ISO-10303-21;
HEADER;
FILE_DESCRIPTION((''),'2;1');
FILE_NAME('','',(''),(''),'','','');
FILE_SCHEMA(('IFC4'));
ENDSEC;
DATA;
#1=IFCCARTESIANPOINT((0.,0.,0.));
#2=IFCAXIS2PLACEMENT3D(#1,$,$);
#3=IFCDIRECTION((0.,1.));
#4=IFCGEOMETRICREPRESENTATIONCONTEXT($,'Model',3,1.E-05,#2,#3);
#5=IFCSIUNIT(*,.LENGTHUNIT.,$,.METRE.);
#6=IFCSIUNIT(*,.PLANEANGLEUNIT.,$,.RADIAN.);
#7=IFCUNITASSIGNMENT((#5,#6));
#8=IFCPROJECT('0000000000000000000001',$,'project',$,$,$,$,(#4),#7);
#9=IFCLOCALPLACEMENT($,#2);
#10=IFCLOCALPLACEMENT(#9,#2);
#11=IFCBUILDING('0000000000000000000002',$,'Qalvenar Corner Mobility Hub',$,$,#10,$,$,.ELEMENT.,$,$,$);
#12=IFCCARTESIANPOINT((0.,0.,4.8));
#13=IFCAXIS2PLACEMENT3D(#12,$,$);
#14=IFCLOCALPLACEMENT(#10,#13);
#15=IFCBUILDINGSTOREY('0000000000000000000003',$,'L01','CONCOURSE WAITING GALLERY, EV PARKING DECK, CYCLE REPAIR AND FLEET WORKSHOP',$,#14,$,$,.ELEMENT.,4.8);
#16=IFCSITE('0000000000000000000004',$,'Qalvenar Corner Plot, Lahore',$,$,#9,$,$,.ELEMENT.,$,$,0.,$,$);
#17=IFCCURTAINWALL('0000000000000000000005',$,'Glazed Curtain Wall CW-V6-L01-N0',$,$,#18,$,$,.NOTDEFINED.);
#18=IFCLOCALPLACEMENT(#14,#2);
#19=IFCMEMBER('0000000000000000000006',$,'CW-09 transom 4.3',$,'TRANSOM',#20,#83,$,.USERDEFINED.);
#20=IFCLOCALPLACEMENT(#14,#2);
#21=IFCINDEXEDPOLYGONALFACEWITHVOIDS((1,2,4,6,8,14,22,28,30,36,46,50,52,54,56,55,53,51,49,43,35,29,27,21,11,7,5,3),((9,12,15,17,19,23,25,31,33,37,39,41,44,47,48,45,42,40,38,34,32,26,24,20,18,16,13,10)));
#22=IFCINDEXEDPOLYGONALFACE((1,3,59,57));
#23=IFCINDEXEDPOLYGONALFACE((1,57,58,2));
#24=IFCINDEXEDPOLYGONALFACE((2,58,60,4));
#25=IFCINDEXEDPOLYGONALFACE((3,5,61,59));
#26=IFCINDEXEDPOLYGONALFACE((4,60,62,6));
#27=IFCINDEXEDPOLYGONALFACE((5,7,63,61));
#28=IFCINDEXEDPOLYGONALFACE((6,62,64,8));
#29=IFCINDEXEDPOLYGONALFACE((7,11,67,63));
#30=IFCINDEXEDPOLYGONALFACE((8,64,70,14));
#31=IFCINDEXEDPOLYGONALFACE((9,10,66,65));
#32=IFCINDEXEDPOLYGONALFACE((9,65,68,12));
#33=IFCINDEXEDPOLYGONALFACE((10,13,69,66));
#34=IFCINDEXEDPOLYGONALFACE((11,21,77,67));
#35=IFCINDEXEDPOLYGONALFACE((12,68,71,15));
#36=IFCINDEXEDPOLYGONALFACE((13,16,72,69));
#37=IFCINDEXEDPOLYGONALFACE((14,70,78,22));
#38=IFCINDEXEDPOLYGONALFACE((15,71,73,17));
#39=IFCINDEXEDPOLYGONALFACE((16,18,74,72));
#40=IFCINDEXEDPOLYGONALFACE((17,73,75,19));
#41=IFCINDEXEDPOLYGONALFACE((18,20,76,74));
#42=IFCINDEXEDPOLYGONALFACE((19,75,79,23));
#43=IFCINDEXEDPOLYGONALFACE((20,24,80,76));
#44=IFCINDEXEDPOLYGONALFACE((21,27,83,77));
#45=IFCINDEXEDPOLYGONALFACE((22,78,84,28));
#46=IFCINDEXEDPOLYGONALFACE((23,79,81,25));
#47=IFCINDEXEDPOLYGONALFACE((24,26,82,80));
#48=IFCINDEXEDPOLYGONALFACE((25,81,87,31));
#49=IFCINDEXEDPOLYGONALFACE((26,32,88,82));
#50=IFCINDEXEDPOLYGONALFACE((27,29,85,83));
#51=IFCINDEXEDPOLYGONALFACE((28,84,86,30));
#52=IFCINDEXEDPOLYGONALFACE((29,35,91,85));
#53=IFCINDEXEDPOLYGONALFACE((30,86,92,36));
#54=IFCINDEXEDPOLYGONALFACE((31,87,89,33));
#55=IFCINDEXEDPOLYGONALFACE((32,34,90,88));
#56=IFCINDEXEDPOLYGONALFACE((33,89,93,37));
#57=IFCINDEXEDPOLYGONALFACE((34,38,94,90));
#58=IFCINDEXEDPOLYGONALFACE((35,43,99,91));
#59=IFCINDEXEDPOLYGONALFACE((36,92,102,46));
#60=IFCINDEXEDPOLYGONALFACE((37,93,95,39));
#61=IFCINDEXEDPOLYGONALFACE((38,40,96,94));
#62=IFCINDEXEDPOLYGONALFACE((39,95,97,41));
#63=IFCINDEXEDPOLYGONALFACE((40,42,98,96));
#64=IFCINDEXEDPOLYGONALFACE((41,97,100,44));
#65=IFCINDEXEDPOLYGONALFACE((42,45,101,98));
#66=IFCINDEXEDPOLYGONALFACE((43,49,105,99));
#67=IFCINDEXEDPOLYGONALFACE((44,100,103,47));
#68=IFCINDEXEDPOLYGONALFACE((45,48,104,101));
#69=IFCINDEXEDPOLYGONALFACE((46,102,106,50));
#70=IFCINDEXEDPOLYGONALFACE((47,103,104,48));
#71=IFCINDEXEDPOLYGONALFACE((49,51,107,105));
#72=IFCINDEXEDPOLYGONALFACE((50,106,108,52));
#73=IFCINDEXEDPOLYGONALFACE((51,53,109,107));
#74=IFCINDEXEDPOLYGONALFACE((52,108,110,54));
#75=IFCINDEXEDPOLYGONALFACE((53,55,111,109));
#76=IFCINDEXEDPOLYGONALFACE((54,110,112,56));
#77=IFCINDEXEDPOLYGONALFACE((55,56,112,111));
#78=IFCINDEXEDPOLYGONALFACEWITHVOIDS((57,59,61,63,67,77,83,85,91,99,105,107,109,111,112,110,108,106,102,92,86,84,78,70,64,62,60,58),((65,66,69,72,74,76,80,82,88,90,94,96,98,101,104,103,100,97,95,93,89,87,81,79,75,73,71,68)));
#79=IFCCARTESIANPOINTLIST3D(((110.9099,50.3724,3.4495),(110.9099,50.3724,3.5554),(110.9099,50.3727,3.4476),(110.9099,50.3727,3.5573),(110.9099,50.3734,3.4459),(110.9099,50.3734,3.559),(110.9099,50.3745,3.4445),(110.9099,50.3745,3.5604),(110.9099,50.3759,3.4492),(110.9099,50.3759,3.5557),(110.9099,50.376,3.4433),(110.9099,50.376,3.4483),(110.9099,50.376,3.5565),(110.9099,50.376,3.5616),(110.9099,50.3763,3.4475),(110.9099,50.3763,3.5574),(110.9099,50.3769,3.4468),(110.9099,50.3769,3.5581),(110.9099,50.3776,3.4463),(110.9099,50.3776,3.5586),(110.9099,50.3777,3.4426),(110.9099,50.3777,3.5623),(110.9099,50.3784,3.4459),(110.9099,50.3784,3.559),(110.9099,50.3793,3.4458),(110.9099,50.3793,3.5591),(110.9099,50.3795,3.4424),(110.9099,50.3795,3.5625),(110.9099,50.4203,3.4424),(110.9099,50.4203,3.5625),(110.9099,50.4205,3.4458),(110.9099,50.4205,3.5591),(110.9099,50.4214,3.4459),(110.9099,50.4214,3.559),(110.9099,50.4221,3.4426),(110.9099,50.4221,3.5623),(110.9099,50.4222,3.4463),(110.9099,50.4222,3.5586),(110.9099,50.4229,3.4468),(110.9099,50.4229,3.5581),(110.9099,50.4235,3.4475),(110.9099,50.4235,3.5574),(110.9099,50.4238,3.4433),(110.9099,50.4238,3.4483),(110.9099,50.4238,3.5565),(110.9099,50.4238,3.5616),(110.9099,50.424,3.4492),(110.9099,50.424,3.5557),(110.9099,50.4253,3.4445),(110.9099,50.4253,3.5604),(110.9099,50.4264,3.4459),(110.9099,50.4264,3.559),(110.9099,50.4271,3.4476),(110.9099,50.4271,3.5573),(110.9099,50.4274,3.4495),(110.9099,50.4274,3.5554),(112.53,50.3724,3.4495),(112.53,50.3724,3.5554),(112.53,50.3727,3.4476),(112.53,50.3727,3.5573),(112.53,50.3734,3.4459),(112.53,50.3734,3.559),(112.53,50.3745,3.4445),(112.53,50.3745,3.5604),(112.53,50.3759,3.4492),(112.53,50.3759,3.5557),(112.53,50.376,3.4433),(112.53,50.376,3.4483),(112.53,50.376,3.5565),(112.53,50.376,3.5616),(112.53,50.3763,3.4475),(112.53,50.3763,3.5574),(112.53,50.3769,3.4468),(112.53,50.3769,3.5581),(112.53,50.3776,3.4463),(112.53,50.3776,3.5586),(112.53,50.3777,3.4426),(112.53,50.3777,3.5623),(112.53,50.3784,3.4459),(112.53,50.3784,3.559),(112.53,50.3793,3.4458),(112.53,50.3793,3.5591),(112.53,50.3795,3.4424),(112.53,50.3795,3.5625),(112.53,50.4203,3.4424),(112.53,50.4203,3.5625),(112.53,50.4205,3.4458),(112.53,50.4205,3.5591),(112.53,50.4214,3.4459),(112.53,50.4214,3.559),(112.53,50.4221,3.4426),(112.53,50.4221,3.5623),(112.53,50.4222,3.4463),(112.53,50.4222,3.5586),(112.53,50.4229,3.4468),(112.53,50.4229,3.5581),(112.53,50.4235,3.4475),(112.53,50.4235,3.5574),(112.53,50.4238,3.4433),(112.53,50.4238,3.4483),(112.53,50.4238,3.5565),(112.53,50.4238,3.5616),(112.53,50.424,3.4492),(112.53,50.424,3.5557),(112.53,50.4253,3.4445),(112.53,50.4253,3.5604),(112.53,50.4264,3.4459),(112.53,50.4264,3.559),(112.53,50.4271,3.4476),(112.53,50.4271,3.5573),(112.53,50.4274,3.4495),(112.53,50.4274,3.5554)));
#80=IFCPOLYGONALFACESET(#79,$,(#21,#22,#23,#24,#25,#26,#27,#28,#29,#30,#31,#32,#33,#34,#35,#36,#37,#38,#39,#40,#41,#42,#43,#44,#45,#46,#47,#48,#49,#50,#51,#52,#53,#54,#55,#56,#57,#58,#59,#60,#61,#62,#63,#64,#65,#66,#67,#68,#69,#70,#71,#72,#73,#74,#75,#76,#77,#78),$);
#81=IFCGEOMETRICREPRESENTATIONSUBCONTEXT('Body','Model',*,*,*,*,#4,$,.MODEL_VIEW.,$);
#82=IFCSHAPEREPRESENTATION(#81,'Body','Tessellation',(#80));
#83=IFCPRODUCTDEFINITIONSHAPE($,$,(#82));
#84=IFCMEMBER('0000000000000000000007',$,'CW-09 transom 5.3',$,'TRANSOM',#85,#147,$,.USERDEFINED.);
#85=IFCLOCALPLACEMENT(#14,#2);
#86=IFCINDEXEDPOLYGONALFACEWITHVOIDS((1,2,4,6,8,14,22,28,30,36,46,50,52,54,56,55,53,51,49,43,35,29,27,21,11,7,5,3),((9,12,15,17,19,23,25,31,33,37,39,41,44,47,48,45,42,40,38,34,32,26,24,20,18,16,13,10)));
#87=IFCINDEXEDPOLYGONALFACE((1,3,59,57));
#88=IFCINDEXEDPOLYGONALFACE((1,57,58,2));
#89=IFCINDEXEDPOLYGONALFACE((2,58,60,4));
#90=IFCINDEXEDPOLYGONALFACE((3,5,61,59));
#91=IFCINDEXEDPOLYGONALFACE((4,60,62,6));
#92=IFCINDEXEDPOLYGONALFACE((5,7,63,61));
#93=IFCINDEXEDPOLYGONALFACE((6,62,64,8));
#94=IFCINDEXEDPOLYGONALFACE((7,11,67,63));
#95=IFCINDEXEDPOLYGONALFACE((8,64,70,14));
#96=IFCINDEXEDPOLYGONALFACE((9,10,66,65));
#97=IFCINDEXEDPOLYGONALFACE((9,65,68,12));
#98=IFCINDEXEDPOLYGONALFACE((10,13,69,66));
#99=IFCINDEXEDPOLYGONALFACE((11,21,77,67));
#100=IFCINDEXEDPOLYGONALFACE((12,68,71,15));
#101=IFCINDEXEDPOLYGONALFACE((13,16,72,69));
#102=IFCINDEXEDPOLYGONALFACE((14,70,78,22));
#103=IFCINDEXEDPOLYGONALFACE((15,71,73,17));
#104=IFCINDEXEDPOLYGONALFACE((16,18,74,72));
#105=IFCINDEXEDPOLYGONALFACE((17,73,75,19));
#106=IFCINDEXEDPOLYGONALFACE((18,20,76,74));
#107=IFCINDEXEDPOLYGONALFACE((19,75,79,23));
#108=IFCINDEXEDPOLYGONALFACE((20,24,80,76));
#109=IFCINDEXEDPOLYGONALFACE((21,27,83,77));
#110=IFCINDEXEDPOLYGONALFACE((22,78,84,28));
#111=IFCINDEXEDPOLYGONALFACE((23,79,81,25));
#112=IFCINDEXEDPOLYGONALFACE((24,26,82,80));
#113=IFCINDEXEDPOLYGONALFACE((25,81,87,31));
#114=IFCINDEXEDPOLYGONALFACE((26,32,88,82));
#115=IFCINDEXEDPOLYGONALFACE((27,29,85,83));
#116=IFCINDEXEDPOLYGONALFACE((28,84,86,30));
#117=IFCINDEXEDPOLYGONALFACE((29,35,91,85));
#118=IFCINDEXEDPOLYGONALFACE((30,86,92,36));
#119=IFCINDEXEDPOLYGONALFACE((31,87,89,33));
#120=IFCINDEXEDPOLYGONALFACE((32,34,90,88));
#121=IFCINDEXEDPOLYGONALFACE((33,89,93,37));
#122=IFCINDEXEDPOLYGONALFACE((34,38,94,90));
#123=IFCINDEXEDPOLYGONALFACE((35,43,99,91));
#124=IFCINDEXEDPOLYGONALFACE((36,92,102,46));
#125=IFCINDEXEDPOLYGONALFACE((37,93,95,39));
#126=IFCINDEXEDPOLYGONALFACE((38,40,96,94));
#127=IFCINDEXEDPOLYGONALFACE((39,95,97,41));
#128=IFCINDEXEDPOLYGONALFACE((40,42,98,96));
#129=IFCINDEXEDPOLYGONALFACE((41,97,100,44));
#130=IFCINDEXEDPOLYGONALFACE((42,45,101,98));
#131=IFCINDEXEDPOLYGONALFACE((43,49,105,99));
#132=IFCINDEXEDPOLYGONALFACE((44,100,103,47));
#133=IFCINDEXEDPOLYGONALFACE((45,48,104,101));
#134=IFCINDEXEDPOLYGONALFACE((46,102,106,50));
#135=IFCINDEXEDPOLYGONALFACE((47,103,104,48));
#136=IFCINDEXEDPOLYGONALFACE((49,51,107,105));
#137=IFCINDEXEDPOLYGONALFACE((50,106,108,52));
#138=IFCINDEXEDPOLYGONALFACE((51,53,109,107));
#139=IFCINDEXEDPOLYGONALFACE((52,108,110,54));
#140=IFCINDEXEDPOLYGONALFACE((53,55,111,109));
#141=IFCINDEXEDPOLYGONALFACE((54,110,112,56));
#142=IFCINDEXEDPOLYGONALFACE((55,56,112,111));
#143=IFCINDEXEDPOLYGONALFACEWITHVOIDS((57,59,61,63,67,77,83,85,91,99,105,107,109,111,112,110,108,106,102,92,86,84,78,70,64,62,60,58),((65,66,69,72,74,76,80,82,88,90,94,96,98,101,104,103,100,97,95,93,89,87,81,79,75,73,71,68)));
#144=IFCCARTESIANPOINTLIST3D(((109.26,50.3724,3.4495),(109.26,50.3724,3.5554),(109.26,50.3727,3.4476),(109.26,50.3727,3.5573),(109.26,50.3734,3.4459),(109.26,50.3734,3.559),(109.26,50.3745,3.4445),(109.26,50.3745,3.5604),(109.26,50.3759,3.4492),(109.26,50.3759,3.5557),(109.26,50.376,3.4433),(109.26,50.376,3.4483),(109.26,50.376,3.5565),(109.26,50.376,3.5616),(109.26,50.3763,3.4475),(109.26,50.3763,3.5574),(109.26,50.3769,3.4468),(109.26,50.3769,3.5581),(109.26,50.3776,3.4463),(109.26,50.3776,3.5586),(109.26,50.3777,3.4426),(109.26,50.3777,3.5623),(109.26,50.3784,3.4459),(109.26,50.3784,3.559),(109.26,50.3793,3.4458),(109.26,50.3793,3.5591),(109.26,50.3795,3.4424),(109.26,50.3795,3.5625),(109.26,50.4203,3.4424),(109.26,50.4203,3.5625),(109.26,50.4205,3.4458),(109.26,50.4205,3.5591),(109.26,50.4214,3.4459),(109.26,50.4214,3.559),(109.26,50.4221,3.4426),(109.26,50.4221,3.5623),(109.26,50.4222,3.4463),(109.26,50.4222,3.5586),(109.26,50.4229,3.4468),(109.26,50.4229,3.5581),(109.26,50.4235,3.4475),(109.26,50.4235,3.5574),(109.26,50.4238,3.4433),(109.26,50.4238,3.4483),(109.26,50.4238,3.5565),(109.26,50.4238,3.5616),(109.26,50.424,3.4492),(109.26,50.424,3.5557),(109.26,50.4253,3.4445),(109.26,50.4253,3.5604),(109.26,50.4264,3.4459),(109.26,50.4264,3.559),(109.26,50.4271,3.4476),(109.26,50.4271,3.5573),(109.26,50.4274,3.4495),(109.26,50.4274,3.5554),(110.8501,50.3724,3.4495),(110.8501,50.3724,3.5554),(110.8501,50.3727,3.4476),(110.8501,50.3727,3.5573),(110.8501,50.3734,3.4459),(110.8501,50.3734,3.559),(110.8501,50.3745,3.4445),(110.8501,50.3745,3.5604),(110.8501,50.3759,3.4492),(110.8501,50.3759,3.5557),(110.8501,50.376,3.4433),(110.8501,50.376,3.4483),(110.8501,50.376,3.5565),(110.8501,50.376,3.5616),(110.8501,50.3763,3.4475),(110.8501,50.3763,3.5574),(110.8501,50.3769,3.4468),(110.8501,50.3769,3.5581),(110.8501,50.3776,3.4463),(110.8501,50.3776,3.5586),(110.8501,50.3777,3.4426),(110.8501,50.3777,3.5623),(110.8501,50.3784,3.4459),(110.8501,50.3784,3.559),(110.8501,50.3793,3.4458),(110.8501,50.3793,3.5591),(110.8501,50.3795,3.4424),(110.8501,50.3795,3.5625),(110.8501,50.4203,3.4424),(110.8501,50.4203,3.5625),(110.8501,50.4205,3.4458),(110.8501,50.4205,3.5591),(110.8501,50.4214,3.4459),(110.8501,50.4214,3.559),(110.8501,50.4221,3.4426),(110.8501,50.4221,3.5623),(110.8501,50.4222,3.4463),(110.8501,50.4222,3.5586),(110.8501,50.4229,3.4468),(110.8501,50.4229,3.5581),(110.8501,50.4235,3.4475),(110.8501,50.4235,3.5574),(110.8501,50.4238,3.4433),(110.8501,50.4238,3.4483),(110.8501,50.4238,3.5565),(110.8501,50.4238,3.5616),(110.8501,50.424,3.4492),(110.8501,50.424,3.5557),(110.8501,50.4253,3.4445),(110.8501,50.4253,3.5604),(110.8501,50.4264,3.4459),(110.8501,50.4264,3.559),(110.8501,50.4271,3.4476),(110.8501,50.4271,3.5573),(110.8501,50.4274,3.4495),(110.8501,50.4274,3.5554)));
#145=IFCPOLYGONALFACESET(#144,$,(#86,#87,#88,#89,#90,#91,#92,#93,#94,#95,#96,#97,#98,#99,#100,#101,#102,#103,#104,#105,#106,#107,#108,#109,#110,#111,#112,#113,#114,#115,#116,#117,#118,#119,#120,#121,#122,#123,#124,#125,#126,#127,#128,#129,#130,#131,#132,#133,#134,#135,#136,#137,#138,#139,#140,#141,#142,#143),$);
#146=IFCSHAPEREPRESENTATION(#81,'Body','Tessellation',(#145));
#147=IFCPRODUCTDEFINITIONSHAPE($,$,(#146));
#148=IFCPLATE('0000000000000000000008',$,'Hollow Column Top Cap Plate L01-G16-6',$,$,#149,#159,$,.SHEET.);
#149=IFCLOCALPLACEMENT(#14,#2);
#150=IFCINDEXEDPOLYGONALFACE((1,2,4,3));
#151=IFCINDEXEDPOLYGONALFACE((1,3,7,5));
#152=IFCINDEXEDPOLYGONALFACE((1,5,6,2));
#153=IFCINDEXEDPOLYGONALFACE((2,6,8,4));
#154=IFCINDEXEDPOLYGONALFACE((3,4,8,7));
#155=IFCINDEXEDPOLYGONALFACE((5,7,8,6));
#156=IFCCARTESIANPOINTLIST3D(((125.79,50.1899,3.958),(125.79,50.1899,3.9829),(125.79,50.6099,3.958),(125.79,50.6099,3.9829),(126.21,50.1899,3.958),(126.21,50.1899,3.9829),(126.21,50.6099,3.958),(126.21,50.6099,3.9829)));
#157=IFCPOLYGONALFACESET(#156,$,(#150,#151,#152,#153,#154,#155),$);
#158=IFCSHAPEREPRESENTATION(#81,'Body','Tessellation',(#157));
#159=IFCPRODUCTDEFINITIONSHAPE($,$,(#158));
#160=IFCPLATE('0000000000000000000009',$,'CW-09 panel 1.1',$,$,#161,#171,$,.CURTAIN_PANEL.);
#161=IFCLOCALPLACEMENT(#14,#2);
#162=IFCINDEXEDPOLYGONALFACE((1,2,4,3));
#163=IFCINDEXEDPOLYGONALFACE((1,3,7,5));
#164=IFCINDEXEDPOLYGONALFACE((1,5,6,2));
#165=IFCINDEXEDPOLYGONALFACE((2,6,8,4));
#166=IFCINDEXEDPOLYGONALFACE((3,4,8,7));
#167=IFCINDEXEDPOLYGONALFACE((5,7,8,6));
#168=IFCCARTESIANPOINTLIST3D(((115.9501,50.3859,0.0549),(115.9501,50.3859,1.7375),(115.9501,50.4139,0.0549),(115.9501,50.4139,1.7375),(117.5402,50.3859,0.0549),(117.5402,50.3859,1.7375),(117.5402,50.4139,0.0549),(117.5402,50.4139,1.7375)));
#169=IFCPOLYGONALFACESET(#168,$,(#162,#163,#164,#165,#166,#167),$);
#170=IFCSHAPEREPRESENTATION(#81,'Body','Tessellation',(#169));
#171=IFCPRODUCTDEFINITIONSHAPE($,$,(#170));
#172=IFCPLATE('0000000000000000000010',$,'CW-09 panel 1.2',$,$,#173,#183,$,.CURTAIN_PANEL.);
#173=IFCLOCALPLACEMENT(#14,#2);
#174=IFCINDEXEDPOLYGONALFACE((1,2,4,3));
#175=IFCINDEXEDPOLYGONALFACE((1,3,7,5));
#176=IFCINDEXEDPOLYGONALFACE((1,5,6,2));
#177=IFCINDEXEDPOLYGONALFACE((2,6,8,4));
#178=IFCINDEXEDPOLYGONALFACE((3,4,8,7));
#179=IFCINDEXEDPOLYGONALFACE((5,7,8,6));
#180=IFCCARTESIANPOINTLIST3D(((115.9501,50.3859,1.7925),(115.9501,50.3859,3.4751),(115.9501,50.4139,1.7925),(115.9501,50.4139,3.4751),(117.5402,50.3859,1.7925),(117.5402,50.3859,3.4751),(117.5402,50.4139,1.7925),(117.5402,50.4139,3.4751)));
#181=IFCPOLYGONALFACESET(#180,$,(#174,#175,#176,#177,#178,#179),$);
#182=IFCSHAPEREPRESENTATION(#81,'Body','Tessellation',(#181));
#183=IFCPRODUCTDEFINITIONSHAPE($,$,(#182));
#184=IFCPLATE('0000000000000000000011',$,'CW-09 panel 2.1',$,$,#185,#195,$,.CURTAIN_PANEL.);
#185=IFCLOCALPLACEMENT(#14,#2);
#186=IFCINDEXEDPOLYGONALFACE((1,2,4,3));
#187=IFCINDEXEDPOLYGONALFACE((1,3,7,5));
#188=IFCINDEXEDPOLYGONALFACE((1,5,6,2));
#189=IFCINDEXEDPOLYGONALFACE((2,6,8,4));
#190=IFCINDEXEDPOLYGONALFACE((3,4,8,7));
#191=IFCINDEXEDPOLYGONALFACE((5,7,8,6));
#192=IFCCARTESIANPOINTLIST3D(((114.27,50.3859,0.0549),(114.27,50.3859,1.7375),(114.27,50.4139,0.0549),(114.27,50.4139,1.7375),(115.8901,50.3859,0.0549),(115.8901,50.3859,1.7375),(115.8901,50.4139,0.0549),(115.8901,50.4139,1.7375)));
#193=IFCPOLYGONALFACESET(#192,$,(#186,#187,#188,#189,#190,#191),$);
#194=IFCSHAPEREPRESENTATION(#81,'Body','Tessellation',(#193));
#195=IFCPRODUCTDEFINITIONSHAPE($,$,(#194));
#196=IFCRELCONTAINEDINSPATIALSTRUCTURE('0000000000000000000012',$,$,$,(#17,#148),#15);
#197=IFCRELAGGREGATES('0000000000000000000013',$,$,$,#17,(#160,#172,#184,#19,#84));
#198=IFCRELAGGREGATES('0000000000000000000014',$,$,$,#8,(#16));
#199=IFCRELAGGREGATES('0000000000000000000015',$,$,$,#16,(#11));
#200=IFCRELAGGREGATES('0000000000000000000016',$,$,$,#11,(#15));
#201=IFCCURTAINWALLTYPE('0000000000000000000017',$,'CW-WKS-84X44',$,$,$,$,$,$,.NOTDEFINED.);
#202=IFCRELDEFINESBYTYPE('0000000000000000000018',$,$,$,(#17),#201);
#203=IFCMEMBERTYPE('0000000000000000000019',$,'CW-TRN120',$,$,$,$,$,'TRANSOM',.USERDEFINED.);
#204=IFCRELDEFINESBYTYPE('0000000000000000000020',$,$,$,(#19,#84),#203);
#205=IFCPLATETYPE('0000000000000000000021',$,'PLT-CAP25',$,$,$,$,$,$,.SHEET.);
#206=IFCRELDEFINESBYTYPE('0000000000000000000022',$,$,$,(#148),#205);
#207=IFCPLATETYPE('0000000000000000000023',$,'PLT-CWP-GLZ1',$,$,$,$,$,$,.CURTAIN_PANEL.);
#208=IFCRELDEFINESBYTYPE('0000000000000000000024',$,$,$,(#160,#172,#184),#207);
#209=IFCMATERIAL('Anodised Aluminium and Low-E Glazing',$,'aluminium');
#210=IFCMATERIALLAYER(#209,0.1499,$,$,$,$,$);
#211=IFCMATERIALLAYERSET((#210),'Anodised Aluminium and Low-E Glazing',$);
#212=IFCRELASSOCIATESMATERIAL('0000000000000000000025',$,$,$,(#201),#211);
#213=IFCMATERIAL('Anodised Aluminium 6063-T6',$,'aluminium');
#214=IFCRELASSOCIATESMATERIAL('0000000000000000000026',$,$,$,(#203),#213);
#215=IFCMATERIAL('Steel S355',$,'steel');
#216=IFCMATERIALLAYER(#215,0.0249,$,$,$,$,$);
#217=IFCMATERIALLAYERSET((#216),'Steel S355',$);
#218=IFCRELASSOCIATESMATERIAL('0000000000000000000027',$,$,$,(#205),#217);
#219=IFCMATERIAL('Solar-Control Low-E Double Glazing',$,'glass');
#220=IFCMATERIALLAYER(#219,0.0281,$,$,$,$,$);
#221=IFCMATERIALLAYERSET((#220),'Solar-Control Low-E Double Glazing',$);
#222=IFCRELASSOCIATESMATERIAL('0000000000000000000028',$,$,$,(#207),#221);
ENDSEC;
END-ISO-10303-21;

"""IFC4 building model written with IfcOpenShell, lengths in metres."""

from ifc_helpers import new_model, si_unit, direction, frame, origin, origin_2d, place, context, subcontext, project, spatial, rectangle, hollow_rectangle, extrude, material, layer, layer_set, material_profile, profile_set, type_object, element, aggregate, save


model = new_model("IFC4")

# Units and contexts
model_context = context("Model", 3, precision=1e-05, world=origin(), true_north=direction((0.0, 1.0)))
body_context = subcontext(model_context, "Body", "Model", "MODEL_VIEW")
ifc_project = project(units=[si_unit("LENGTHUNIT", "METRE"), si_unit("PLANEANGLEUNIT", "RADIAN")], contexts=[model_context])

# Site, building, storey
site_placement = place(None, origin())
site = spatial("IfcSite", under=ifc_project, at=site_placement, Name="Qalvenar Corner Plot, Lahore", CompositionType="ELEMENT", RefElevation=0.0)
building_placement = place(site_placement, origin())
building = spatial("IfcBuilding", under=site, at=building_placement, Name="Qalvenar Corner Mobility Hub", CompositionType="ELEMENT")
storey_placement = place(building_placement, frame((0.0, 0.0, 4.8)))
storey = spatial("IfcBuildingStorey", under=building, at=storey_placement, Name="L01", Description="CONCOURSE WAITING GALLERY, EV PARKING DECK, CYCLE REPAIR AND FLEET WORKSHOP", CompositionType="ELEMENT", Elevation=4.8)

# Curtain wall, members
ifc_material_1 = material(Name="Anodised Aluminium and Low-E Glazing", Category="aluminium")
ifc_layer_1 = layer(ifc_material_1, 0.1499)
ifc_layer_set_1 = layer_set([ifc_layer_1], Name="Anodised Aluminium and Low-E Glazing")
curtain_wall_type = type_object("IfcCurtainWallType", Name="CW-WKS-84X44", PredefinedType="NOTDEFINED", material=ifc_layer_set_1)
curtain_wall_placement = place(storey_placement, origin())
curtain_wall = element("IfcCurtainWall", 1, at=curtain_wall_placement, inside=storey, type_object=curtain_wall_type, Name="Glazed Curtain Wall CW-V6-L01-N0", PredefinedType="NOTDEFINED")
ifc_material_2 = material(Name="Anodised Aluminium 6063-T6", Category="aluminium")
ifc_material_profile_1 = material_profile(ifc_material_2, hollow_rectangle(XDim=0.0549, YDim=0.1201, WallThickness=0.0034, InnerFilletRadius=0.0034, OuterFilletRadius=0.0071, at=origin_2d()), Name="RHS120x55x3.5")
ifc_profile_set_1 = profile_set([ifc_material_profile_1], Name="Anodised Aluminium 6063-T6")
member_type_1 = type_object("IfcMemberType", Name="CW-TRN120", ElementType="TRANSOM", PredefinedType="USERDEFINED", material=ifc_profile_set_1)
member_1_placement = place(storey_placement, frame((112.53, 50.3999, 3.5024), z_axis=(-1.0, 0.0, 0.0), x_axis=(0.0, -1.0, 0.0)))
member_1 = element("IfcMember", 2, at=member_1_placement, type_object=member_type_1, Name="CW-09 transom 4.3", ObjectType="TRANSOM", PredefinedType="USERDEFINED", context=body_context, shape_type="SweptSolid", body=[
    extrude(hollow_rectangle(XDim=0.0549, YDim=0.1201, WallThickness=0.0034, InnerFilletRadius=0.0034, OuterFilletRadius=0.0071, at=origin_2d()), origin(), (0.0, 0.0, 1.0), 1.6201),
])
member_2_placement = place(storey_placement, frame((110.8501, 50.3999, 3.5024), z_axis=(-1.0, 0.0, 0.0), x_axis=(0.0, -1.0, 0.0)))
member_2 = element("IfcMember", 3, at=member_2_placement, type_object=member_type_1, Name="CW-09 transom 5.3", ObjectType="TRANSOM", PredefinedType="USERDEFINED", context=body_context, shape_type="SweptSolid", body=[
    extrude(hollow_rectangle(XDim=0.0549, YDim=0.1201, WallThickness=0.0034, InnerFilletRadius=0.0034, OuterFilletRadius=0.0071, at=origin_2d()), origin(), (0.0, 0.0, 1.0), 1.5901),
])

# Plates
ifc_material_3 = material(Name="Steel S355", Category="steel")
ifc_layer_2 = layer(ifc_material_3, 0.0249)
ifc_layer_set_2 = layer_set([ifc_layer_2], Name="Steel S355")
plate_type_1 = type_object("IfcPlateType", Name="PLT-CAP25", PredefinedType="SHEET", material=ifc_layer_set_2)
plate_1_placement = place(storey_placement, frame((126.0, 50.3999, 3.958), z_axis=(0.0, 0.0, 1.0), x_axis=(1.0, 0.0, 0.0)))
element("IfcPlate", 4, at=plate_1_placement, inside=storey, type_object=plate_type_1, Name="Hollow Column Top Cap Plate L01-G16-6", PredefinedType="SHEET", context=body_context, shape_type="SweptSolid", body=[
    extrude(rectangle(XDim=0.4199, YDim=0.4199, at=origin_2d()), origin(), (0.0, 0.0, 1.0), 0.0249),
])
ifc_material_4 = material(Name="Solar-Control Low-E Double Glazing", Category="glass")
ifc_layer_3 = layer(ifc_material_4, 0.0281)
ifc_layer_set_3 = layer_set([ifc_layer_3], Name="Solar-Control Low-E Double Glazing")
plate_type_2 = type_object("IfcPlateType", Name="PLT-CWP-GLZ1", PredefinedType="CURTAIN_PANEL", material=ifc_layer_set_3)
plate_2_placement = place(storey_placement, frame((116.7451, 50.3999, 0.0549), z_axis=(0.0, 0.0, 1.0), x_axis=(-1.0, 0.0, 0.0)))
plate_2 = element("IfcPlate", 5, at=plate_2_placement, type_object=plate_type_2, Name="CW-09 panel 1.1", PredefinedType="CURTAIN_PANEL", context=body_context, shape_type="SweptSolid", body=[
    extrude(rectangle(XDim=1.5901, YDim=0.0281, at=origin_2d()), origin(), (0.0, 0.0, 1.0), 1.6826),
])
plate_3_placement = place(storey_placement, frame((116.7451, 50.3999, 1.7925), z_axis=(0.0, 0.0, 1.0), x_axis=(-1.0, 0.0, 0.0)))
plate_3 = element("IfcPlate", 6, at=plate_3_placement, type_object=plate_type_2, Name="CW-09 panel 1.2", PredefinedType="CURTAIN_PANEL", context=body_context, shape_type="SweptSolid", body=[
    extrude(rectangle(XDim=1.5901, YDim=0.0281, at=origin_2d()), origin(), (0.0, 0.0, 1.0), 1.6826),
])
plate_4_placement = place(storey_placement, frame((115.0801, 50.3999, 0.0549), z_axis=(0.0, 0.0, 1.0), x_axis=(-1.0, 0.0, 0.0)))
plate_4 = element("IfcPlate", 7, at=plate_4_placement, type_object=plate_type_2, Name="CW-09 panel 2.1", PredefinedType="CURTAIN_PANEL", context=body_context, shape_type="SweptSolid", body=[
    extrude(rectangle(XDim=1.6201, YDim=0.0281, at=origin_2d()), origin(), (0.0, 0.0, 1.0), 1.6826),
])
aggregate(curtain_wall, [plate_2, plate_3, plate_4, member_1, member_2])

save(model, "model.ifc")
